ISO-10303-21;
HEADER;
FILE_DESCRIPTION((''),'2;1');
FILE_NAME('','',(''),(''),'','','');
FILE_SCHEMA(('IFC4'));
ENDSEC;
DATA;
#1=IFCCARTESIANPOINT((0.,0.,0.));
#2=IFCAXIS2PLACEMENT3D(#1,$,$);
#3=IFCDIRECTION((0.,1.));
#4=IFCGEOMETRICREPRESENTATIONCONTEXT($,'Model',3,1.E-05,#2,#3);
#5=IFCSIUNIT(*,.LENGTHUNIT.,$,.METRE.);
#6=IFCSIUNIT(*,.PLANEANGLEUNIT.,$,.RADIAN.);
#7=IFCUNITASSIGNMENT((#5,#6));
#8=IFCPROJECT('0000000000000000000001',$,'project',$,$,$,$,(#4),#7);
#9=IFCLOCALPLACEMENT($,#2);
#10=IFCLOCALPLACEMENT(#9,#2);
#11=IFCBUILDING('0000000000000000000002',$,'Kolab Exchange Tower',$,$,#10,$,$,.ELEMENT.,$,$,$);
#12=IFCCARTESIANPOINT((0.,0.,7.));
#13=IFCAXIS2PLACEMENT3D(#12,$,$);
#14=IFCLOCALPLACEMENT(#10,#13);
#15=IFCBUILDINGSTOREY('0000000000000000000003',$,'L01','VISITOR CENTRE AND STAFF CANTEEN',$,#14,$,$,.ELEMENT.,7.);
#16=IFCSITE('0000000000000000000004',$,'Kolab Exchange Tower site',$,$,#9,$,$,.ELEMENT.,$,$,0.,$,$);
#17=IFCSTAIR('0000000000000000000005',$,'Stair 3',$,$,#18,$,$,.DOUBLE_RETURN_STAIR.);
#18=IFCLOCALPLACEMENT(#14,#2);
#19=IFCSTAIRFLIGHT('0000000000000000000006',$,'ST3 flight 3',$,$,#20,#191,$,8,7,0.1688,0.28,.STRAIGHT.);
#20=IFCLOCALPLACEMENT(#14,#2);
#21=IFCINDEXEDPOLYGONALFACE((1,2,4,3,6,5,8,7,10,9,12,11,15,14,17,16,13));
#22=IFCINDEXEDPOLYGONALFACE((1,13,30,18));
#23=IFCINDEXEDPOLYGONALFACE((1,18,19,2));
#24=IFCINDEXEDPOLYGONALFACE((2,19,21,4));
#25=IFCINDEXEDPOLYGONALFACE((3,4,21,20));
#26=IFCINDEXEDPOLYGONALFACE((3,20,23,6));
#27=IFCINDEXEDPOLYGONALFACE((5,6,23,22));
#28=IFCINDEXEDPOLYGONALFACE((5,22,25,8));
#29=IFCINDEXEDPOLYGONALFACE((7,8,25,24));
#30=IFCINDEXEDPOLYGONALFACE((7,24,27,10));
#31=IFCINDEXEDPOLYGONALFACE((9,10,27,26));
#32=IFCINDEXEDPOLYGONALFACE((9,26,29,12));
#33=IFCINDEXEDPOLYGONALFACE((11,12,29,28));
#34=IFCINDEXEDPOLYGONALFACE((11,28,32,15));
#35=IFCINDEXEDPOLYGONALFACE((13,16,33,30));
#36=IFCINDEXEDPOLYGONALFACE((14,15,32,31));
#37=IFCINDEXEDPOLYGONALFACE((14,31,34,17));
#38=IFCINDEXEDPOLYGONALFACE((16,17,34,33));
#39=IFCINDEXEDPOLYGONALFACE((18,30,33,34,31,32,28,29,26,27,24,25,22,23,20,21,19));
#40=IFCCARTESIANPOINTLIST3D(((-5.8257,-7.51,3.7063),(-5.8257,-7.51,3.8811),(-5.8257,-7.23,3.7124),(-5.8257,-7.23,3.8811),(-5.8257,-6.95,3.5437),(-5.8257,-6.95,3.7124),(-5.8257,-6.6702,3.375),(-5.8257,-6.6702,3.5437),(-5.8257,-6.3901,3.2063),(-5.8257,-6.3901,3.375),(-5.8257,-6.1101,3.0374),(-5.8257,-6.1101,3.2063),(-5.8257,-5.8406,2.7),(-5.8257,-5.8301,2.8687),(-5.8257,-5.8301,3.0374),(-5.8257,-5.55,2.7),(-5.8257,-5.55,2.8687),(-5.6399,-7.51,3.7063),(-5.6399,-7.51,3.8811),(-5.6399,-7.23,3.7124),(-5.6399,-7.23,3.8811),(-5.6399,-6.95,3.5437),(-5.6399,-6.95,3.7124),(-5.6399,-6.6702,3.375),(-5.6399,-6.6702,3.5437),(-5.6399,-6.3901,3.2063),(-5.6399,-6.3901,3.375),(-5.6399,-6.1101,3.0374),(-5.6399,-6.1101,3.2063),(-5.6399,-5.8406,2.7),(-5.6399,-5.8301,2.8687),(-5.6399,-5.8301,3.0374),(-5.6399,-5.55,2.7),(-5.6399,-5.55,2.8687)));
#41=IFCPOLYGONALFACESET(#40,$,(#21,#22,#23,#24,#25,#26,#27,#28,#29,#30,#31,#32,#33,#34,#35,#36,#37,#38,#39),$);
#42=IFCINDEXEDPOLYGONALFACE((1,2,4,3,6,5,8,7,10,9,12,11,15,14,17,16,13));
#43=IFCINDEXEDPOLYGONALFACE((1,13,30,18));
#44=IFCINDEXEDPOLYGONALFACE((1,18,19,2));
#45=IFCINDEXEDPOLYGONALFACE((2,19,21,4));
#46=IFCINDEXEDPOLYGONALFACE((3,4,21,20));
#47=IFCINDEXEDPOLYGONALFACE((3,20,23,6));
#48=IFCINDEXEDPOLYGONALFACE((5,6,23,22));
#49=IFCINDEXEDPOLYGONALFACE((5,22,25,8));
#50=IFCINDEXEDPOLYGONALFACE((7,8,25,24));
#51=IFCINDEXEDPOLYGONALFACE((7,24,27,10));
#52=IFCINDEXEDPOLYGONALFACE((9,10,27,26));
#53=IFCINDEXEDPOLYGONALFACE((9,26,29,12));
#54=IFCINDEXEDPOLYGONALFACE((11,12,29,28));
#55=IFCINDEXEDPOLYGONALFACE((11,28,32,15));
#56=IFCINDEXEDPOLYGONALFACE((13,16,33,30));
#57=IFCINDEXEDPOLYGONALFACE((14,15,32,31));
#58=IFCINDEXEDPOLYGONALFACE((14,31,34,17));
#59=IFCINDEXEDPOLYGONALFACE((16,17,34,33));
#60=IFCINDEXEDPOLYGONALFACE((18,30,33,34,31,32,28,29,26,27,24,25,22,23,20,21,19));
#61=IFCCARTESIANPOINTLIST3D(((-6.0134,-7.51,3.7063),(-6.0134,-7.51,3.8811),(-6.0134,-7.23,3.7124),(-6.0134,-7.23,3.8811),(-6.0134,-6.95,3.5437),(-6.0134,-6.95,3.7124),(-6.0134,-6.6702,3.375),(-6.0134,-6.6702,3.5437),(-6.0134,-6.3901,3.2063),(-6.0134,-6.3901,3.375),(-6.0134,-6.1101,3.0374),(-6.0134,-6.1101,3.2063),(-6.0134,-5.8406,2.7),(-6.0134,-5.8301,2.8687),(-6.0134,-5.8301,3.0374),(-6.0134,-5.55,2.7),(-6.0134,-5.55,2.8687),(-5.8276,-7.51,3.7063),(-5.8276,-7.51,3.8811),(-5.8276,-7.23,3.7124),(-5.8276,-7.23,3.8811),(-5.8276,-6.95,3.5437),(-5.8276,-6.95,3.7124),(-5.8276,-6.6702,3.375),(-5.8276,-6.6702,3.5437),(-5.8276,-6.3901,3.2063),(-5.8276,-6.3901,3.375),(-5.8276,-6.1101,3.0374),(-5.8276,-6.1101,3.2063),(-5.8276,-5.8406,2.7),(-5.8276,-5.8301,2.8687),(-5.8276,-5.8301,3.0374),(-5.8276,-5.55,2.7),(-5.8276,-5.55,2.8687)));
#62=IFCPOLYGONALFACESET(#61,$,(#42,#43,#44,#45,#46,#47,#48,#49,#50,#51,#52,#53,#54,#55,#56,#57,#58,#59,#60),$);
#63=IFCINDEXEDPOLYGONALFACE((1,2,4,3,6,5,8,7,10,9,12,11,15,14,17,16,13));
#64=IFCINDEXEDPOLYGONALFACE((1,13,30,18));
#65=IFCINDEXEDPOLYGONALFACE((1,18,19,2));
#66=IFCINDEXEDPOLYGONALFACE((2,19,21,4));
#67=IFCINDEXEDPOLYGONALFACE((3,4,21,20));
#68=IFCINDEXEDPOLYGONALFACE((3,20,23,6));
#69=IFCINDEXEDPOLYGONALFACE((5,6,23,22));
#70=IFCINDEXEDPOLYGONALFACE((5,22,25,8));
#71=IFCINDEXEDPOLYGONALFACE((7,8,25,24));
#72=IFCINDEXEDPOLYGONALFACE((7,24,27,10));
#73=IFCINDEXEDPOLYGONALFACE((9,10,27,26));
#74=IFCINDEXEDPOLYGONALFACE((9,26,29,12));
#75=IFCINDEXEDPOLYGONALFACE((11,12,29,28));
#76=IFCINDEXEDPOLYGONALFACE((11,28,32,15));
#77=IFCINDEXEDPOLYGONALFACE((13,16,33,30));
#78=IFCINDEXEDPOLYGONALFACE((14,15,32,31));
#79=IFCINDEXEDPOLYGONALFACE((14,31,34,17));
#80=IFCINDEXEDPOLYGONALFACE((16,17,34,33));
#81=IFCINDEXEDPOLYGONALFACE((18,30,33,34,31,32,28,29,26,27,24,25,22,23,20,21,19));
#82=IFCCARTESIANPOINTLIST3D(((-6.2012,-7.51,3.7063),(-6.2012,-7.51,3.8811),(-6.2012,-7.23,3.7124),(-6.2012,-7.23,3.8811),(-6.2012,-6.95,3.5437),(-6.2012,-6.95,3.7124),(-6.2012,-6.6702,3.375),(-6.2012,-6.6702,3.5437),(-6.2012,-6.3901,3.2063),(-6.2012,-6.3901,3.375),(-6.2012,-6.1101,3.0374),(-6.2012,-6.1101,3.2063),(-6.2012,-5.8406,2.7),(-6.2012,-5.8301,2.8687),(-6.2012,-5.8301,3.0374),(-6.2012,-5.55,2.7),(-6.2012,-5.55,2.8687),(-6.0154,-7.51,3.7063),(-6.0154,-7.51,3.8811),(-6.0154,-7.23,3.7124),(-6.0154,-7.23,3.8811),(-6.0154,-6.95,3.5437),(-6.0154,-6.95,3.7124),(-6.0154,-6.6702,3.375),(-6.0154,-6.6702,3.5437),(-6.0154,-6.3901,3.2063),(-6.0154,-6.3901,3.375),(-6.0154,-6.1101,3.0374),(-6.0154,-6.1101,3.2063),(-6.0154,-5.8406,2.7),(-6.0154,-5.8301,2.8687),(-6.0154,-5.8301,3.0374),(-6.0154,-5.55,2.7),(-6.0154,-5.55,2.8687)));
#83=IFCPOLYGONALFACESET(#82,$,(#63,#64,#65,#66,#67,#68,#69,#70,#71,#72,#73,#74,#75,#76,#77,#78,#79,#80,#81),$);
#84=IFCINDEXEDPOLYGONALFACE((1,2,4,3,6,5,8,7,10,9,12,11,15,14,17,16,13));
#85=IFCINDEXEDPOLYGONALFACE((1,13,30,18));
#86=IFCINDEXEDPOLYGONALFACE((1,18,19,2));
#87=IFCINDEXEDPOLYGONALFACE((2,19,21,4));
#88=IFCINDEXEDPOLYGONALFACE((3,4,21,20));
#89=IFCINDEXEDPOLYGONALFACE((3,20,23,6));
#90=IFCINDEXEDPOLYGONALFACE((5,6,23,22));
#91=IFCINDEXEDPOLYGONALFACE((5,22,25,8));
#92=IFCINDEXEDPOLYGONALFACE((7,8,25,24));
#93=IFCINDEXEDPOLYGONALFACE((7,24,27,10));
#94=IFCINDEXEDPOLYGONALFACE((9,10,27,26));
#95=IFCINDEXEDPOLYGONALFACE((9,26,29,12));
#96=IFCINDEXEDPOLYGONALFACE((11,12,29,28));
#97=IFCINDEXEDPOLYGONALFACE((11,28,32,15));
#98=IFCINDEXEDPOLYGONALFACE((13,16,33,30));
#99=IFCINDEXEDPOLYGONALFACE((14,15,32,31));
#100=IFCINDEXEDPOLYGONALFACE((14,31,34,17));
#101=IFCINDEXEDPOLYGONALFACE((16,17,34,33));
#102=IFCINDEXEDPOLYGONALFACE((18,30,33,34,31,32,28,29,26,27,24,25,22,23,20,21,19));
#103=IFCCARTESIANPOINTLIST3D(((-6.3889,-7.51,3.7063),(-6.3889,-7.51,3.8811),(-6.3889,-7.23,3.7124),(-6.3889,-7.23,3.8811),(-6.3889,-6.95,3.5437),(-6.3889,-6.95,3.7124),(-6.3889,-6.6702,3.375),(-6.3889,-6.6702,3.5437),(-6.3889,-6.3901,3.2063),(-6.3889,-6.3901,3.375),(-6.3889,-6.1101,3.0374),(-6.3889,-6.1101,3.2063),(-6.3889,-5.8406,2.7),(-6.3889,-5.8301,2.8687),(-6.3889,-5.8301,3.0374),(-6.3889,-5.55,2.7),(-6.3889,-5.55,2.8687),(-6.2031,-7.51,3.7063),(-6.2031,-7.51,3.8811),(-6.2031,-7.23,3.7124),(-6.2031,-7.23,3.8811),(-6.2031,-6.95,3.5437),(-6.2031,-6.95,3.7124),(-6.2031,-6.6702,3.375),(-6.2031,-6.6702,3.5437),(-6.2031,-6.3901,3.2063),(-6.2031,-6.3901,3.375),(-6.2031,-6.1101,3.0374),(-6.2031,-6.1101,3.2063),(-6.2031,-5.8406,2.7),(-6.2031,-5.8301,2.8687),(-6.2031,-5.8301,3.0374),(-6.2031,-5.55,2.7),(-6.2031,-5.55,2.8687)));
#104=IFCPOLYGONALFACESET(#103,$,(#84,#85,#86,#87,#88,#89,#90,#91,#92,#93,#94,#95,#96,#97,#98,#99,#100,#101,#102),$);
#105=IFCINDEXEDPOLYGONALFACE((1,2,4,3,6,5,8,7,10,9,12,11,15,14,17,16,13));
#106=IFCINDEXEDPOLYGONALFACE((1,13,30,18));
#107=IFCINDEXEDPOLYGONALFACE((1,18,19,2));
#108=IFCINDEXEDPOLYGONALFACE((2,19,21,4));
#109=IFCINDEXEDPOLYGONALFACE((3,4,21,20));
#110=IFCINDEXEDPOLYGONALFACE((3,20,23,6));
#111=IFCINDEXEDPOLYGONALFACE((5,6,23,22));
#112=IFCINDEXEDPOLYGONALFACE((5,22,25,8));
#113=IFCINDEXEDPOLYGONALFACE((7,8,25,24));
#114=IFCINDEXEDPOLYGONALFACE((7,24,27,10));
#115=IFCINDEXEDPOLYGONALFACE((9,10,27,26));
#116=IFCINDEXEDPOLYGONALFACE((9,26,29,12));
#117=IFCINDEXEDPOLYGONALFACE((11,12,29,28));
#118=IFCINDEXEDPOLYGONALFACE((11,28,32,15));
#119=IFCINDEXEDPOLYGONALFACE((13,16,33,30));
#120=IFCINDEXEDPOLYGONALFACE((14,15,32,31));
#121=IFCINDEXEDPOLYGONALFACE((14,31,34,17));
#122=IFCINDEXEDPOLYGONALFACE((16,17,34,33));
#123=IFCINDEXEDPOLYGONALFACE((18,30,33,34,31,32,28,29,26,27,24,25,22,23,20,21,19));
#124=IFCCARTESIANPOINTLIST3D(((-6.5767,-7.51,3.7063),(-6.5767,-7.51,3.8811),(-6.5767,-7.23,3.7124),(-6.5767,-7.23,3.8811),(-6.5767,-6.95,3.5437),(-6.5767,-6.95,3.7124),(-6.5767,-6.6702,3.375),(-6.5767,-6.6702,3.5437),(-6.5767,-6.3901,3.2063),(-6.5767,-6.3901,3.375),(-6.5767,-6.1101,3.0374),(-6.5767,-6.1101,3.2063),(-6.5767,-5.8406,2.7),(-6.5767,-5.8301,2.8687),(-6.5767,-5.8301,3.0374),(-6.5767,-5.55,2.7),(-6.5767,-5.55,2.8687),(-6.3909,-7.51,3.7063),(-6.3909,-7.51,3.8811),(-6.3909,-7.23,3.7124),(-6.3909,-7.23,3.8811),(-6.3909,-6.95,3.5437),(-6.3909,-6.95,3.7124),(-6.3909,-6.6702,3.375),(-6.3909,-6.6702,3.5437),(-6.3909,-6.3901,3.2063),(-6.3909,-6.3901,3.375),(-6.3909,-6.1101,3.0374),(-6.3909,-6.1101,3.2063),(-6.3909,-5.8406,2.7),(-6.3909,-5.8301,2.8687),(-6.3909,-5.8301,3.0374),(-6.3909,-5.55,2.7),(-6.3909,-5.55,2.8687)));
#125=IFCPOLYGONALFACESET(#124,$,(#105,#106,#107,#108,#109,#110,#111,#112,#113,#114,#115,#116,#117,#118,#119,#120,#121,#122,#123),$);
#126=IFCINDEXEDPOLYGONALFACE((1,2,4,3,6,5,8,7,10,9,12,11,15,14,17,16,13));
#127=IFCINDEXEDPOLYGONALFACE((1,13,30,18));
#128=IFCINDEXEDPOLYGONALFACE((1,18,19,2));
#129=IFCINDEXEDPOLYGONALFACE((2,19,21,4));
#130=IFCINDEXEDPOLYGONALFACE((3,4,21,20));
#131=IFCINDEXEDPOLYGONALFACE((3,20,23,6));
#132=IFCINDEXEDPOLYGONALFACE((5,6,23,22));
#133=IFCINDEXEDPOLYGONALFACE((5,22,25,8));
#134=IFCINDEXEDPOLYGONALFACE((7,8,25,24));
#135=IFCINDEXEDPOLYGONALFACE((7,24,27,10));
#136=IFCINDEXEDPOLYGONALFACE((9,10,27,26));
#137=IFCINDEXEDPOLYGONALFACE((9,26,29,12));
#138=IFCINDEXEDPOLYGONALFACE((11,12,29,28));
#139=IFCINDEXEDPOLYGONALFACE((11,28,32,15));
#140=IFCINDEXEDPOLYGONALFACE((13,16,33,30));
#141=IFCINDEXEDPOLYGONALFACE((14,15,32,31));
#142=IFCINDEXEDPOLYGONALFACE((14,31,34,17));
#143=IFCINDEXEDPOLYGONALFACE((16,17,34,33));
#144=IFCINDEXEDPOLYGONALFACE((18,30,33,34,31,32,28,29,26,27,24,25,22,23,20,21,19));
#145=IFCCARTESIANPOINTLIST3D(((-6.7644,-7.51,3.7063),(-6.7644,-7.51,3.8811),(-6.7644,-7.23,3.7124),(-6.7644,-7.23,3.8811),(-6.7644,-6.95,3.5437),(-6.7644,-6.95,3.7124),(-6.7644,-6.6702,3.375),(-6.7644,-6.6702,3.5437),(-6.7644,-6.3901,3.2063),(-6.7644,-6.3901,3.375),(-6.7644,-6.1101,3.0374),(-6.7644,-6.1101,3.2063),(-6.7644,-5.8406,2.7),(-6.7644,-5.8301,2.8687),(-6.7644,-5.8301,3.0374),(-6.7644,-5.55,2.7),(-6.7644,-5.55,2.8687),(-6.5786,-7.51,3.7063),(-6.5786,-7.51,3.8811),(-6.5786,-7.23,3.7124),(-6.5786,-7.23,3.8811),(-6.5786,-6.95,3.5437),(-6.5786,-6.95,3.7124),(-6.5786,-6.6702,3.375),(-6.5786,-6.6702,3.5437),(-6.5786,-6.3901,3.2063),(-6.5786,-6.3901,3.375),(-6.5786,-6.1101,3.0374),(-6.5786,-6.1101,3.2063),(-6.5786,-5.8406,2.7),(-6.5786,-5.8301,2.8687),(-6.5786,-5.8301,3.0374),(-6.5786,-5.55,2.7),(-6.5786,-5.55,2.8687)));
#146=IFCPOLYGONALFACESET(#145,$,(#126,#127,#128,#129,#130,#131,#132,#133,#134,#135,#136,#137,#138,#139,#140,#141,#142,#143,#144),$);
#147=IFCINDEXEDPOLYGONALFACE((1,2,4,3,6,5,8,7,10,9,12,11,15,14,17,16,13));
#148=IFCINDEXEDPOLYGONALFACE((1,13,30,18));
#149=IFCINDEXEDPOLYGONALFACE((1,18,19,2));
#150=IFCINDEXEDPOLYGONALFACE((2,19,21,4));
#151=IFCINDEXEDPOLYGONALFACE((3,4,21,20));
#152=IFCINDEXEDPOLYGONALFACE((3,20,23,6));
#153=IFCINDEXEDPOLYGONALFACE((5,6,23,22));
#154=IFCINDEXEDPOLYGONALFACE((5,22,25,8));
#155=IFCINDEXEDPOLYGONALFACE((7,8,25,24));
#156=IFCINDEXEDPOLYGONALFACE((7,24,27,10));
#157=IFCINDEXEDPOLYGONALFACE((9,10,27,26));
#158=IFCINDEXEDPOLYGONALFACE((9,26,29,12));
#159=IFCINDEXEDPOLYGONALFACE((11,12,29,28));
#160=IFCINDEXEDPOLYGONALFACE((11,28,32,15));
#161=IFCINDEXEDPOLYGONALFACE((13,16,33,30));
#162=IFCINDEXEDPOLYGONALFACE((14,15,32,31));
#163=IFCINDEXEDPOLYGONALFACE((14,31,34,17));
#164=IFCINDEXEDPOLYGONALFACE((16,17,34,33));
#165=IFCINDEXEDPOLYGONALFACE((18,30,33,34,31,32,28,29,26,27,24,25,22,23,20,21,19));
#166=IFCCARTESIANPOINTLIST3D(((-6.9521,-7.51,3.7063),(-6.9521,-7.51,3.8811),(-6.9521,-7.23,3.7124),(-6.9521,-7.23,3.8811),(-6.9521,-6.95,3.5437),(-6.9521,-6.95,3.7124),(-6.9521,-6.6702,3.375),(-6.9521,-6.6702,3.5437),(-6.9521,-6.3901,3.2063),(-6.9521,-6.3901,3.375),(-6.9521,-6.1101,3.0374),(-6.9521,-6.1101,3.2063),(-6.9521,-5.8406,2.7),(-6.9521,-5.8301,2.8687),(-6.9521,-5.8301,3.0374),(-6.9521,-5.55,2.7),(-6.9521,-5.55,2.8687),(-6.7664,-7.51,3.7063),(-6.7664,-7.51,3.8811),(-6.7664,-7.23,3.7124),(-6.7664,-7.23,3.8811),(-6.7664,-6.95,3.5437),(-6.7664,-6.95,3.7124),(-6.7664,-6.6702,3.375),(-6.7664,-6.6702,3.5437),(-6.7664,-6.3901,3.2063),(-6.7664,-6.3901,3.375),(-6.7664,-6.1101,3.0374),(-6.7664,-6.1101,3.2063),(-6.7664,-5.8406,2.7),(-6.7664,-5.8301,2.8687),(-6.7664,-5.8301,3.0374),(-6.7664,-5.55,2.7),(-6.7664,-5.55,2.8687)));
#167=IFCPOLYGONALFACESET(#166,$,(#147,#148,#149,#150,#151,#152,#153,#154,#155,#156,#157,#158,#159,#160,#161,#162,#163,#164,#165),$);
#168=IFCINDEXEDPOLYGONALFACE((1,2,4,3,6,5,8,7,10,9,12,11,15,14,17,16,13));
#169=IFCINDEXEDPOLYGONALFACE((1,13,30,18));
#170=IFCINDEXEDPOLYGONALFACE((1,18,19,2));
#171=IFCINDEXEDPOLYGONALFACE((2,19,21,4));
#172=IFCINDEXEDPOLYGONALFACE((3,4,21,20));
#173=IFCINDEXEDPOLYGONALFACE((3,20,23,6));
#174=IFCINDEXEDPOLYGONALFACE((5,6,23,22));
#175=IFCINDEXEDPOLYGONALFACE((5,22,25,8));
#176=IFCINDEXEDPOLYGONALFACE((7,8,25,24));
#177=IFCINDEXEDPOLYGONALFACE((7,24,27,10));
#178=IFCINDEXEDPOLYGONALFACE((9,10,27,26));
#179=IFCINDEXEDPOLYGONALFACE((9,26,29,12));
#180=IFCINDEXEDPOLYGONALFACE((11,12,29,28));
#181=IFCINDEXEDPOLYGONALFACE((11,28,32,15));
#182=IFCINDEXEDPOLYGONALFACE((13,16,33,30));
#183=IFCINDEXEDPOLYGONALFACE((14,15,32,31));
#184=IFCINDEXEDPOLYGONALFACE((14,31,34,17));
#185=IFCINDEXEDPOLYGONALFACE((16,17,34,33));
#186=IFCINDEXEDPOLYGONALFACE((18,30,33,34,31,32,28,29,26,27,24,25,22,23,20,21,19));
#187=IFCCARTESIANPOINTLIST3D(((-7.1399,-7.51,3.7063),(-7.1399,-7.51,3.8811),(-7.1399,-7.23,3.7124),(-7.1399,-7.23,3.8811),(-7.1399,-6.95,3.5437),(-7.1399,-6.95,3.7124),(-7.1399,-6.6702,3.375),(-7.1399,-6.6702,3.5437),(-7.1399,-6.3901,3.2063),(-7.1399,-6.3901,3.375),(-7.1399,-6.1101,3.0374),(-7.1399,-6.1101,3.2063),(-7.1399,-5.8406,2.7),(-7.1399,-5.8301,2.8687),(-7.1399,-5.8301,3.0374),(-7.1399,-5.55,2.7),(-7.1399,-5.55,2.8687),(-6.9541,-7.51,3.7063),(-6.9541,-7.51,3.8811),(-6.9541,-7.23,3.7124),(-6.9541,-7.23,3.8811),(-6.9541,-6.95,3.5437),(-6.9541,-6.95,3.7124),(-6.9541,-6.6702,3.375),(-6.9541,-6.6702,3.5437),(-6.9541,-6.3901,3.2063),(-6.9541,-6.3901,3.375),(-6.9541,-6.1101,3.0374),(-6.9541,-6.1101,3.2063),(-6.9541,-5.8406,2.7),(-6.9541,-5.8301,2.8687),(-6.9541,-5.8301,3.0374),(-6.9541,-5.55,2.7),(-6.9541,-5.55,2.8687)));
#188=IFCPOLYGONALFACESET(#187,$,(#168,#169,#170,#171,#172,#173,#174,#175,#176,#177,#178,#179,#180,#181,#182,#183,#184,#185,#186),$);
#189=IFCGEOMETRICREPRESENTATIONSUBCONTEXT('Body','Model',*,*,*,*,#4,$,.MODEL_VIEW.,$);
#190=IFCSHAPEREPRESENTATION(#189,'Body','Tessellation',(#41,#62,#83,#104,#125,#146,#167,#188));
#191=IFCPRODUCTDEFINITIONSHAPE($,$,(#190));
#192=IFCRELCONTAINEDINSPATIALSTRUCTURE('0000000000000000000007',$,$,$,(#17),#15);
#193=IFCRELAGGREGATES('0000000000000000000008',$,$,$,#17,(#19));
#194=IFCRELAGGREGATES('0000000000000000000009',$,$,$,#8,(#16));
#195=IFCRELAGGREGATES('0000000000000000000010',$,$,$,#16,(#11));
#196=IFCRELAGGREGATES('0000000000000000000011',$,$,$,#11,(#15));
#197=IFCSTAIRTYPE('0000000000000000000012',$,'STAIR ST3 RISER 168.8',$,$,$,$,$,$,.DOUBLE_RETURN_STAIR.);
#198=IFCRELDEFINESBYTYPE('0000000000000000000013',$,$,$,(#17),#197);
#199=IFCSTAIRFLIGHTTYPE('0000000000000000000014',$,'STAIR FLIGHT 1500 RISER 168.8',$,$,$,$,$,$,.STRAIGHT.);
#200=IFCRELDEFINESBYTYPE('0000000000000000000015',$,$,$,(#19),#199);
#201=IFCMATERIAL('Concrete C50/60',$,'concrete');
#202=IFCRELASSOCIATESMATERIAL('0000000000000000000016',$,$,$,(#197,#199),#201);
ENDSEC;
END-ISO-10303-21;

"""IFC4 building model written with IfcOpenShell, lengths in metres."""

from ifc_helpers import new_model, si_unit, direction, frame, origin, place, context, subcontext, project, spatial, polyline, outline, extrude, material, type_object, element, aggregate, save


model = new_model("IFC4")

# Units and contexts
model_context = context("Model", 3, precision=1e-05, world=origin(), true_north=direction((0.0, 1.0)))
body_context = subcontext(model_context, "Body", "Model", "MODEL_VIEW")
ifc_project = project(units=[si_unit("LENGTHUNIT", "METRE"), si_unit("PLANEANGLEUNIT", "RADIAN")], contexts=[model_context])

# Site, building, storey
site_placement = place(None, origin())
site = spatial("IfcSite", under=ifc_project, at=site_placement, Name="Kolab Exchange Tower site", CompositionType="ELEMENT", RefElevation=0.0)
building_placement = place(site_placement, origin())
building = spatial("IfcBuilding", under=site, at=building_placement, Name="Kolab Exchange Tower", CompositionType="ELEMENT")
storey_placement = place(building_placement, frame((0.0, 0.0, 7.0)))
storey = spatial("IfcBuildingStorey", under=building, at=storey_placement, Name="L01", Description="VISITOR CENTRE AND STAFF CANTEEN", CompositionType="ELEMENT", Elevation=7.0)

# Shared definitions
ifc_material_1 = material(Name="Concrete C50/60", Category="concrete")

# Stair, stair flight
stair_type = type_object("IfcStairType", Name="STAIR ST3 RISER 168.8", PredefinedType="DOUBLE_RETURN_STAIR", material=ifc_material_1)
stair_placement = place(storey_placement, origin())
stair = element("IfcStair", 1, at=stair_placement, inside=storey, type_object=stair_type, Name="Stair 3", PredefinedType="DOUBLE_RETURN_STAIR")
stair_flight_type = type_object("IfcStairFlightType", Name="STAIR FLIGHT 1500 RISER 168.8", PredefinedType="STRAIGHT", material=ifc_material_1)
stair_flight_1_placement = place(storey_placement, frame((-6.3899, -5.55, 2.7), z_axis=(0.0, 0.0, 1.0), x_axis=(0.0, -1.0, 0.0)))
stair_flight_1 = element("IfcStairFlight", 2, at=stair_flight_1_placement, type_object=stair_flight_type, Name="ST3 flight 3", NumberOfRisers=8, NumberOfTreads=7, PredefinedType="STRAIGHT", RiserHeight=0.1688, TreadLength=0.28, context=body_context, shape_type="SweptSolid", body=[
    extrude(outline(polyline([(0.0, 0.0), (0.0, 0.1687), (0.28, 0.1687), (0.28, 0.3374), (0.5601, 0.3374), (0.5601, 0.5063), (0.8401, 0.5063), (0.8401, 0.675), (1.1201, 0.675), (1.1201, 0.8438), (1.3999, 0.8438), (1.3999, 1.0125), (1.6799, 1.0125), (1.6799, 1.1812), (1.96, 1.1812), (1.96, 1.3501), (1.96, 1.0063), (0.2905, 0.0), (0.0, 0.0)])), frame((0.0, 0.75, 0.0), z_axis=(0.0, -1.0, 0.0), x_axis=(1.0, 0.0, 0.0)), (0.0, 0.0, 1.0), 0.1858),
    extrude(outline(polyline([(0.0, 0.0), (0.0, 0.1687), (0.28, 0.1687), (0.28, 0.3374), (0.5601, 0.3374), (0.5601, 0.5063), (0.8401, 0.5063), (0.8401, 0.675), (1.1201, 0.675), (1.1201, 0.8438), (1.3999, 0.8438), (1.3999, 1.0125), (1.6799, 1.0125), (1.6799, 1.1812), (1.96, 1.1812), (1.96, 1.3501), (1.96, 1.0063), (0.2905, 0.0), (0.0, 0.0)])), frame((0.0, 0.5623, 0.0), z_axis=(0.0, -1.0, 0.0), x_axis=(1.0, 0.0, 0.0)), (0.0, 0.0, 1.0), 0.1858),
    extrude(outline(polyline([(0.0, 0.0), (0.0, 0.1687), (0.28, 0.1687), (0.28, 0.3374), (0.5601, 0.3374), (0.5601, 0.5063), (0.8401, 0.5063), (0.8401, 0.675), (1.1201, 0.675), (1.1201, 0.8438), (1.3999, 0.8438), (1.3999, 1.0125), (1.6799, 1.0125), (1.6799, 1.1812), (1.96, 1.1812), (1.96, 1.3501), (1.96, 1.0063), (0.2905, 0.0), (0.0, 0.0)])), frame((0.0, 0.3745, 0.0), z_axis=(0.0, -1.0, 0.0), x_axis=(1.0, 0.0, 0.0)), (0.0, 0.0, 1.0), 0.1858),
    extrude(outline(polyline([(0.0, 0.0), (0.0, 0.1687), (0.28, 0.1687), (0.28, 0.3374), (0.5601, 0.3374), (0.5601, 0.5063), (0.8401, 0.5063), (0.8401, 0.675), (1.1201, 0.675), (1.1201, 0.8438), (1.3999, 0.8438), (1.3999, 1.0125), (1.6799, 1.0125), (1.6799, 1.1812), (1.96, 1.1812), (1.96, 1.3501), (1.96, 1.0063), (0.2905, 0.0), (0.0, 0.0)])), frame((0.0, 0.1868, 0.0), z_axis=(0.0, -1.0, 0.0), x_axis=(1.0, 0.0, 0.0)), (0.0, 0.0, 1.0), 0.1858),
    extrude(outline(polyline([(0.0, 0.0), (0.0, 0.1687), (0.28, 0.1687), (0.28, 0.3374), (0.5601, 0.3374), (0.5601, 0.5063), (0.8401, 0.5063), (0.8401, 0.675), (1.1201, 0.675), (1.1201, 0.8438), (1.3999, 0.8438), (1.3999, 1.0125), (1.6799, 1.0125), (1.6799, 1.1812), (1.96, 1.1812), (1.96, 1.3501), (1.96, 1.0063), (0.2905, 0.0), (0.0, 0.0)])), frame((0.0, -0.001, 0.0), z_axis=(0.0, -1.0, 0.0), x_axis=(1.0, 0.0, 0.0)), (0.0, 0.0, 1.0), 0.1858),
    extrude(outline(polyline([(0.0, 0.0), (0.0, 0.1687), (0.28, 0.1687), (0.28, 0.3374), (0.5601, 0.3374), (0.5601, 0.5063), (0.8401, 0.5063), (0.8401, 0.675), (1.1201, 0.675), (1.1201, 0.8438), (1.3999, 0.8438), (1.3999, 1.0125), (1.6799, 1.0125), (1.6799, 1.1812), (1.96, 1.1812), (1.96, 1.3501), (1.96, 1.0063), (0.2905, 0.0), (0.0, 0.0)])), frame((0.0, -0.1887, 0.0), z_axis=(0.0, -1.0, 0.0), x_axis=(1.0, 0.0, 0.0)), (0.0, 0.0, 1.0), 0.1858),
    extrude(outline(polyline([(0.0, 0.0), (0.0, 0.1687), (0.28, 0.1687), (0.28, 0.3374), (0.5601, 0.3374), (0.5601, 0.5063), (0.8401, 0.5063), (0.8401, 0.675), (1.1201, 0.675), (1.1201, 0.8438), (1.3999, 0.8438), (1.3999, 1.0125), (1.6799, 1.0125), (1.6799, 1.1812), (1.96, 1.1812), (1.96, 1.3501), (1.96, 1.0063), (0.2905, 0.0), (0.0, 0.0)])), frame((0.0, -0.3765, 0.0), z_axis=(0.0, -1.0, 0.0), x_axis=(1.0, 0.0, 0.0)), (0.0, 0.0, 1.0), 0.1858),
    extrude(outline(polyline([(0.0, 0.0), (0.0, 0.1687), (0.28, 0.1687), (0.28, 0.3374), (0.5601, 0.3374), (0.5601, 0.5063), (0.8401, 0.5063), (0.8401, 0.675), (1.1201, 0.675), (1.1201, 0.8438), (1.3999, 0.8438), (1.3999, 1.0125), (1.6799, 1.0125), (1.6799, 1.1812), (1.96, 1.1812), (1.96, 1.3501), (1.96, 1.0063), (0.2905, 0.0), (0.0, 0.0)])), frame((0.0, -0.5642, 0.0), z_axis=(0.0, -1.0, 0.0), x_axis=(1.0, 0.0, 0.0)), (0.0, 0.0, 1.0), 0.1858),
])
aggregate(stair, [stair_flight_1])

save(model, "model.ifc")
